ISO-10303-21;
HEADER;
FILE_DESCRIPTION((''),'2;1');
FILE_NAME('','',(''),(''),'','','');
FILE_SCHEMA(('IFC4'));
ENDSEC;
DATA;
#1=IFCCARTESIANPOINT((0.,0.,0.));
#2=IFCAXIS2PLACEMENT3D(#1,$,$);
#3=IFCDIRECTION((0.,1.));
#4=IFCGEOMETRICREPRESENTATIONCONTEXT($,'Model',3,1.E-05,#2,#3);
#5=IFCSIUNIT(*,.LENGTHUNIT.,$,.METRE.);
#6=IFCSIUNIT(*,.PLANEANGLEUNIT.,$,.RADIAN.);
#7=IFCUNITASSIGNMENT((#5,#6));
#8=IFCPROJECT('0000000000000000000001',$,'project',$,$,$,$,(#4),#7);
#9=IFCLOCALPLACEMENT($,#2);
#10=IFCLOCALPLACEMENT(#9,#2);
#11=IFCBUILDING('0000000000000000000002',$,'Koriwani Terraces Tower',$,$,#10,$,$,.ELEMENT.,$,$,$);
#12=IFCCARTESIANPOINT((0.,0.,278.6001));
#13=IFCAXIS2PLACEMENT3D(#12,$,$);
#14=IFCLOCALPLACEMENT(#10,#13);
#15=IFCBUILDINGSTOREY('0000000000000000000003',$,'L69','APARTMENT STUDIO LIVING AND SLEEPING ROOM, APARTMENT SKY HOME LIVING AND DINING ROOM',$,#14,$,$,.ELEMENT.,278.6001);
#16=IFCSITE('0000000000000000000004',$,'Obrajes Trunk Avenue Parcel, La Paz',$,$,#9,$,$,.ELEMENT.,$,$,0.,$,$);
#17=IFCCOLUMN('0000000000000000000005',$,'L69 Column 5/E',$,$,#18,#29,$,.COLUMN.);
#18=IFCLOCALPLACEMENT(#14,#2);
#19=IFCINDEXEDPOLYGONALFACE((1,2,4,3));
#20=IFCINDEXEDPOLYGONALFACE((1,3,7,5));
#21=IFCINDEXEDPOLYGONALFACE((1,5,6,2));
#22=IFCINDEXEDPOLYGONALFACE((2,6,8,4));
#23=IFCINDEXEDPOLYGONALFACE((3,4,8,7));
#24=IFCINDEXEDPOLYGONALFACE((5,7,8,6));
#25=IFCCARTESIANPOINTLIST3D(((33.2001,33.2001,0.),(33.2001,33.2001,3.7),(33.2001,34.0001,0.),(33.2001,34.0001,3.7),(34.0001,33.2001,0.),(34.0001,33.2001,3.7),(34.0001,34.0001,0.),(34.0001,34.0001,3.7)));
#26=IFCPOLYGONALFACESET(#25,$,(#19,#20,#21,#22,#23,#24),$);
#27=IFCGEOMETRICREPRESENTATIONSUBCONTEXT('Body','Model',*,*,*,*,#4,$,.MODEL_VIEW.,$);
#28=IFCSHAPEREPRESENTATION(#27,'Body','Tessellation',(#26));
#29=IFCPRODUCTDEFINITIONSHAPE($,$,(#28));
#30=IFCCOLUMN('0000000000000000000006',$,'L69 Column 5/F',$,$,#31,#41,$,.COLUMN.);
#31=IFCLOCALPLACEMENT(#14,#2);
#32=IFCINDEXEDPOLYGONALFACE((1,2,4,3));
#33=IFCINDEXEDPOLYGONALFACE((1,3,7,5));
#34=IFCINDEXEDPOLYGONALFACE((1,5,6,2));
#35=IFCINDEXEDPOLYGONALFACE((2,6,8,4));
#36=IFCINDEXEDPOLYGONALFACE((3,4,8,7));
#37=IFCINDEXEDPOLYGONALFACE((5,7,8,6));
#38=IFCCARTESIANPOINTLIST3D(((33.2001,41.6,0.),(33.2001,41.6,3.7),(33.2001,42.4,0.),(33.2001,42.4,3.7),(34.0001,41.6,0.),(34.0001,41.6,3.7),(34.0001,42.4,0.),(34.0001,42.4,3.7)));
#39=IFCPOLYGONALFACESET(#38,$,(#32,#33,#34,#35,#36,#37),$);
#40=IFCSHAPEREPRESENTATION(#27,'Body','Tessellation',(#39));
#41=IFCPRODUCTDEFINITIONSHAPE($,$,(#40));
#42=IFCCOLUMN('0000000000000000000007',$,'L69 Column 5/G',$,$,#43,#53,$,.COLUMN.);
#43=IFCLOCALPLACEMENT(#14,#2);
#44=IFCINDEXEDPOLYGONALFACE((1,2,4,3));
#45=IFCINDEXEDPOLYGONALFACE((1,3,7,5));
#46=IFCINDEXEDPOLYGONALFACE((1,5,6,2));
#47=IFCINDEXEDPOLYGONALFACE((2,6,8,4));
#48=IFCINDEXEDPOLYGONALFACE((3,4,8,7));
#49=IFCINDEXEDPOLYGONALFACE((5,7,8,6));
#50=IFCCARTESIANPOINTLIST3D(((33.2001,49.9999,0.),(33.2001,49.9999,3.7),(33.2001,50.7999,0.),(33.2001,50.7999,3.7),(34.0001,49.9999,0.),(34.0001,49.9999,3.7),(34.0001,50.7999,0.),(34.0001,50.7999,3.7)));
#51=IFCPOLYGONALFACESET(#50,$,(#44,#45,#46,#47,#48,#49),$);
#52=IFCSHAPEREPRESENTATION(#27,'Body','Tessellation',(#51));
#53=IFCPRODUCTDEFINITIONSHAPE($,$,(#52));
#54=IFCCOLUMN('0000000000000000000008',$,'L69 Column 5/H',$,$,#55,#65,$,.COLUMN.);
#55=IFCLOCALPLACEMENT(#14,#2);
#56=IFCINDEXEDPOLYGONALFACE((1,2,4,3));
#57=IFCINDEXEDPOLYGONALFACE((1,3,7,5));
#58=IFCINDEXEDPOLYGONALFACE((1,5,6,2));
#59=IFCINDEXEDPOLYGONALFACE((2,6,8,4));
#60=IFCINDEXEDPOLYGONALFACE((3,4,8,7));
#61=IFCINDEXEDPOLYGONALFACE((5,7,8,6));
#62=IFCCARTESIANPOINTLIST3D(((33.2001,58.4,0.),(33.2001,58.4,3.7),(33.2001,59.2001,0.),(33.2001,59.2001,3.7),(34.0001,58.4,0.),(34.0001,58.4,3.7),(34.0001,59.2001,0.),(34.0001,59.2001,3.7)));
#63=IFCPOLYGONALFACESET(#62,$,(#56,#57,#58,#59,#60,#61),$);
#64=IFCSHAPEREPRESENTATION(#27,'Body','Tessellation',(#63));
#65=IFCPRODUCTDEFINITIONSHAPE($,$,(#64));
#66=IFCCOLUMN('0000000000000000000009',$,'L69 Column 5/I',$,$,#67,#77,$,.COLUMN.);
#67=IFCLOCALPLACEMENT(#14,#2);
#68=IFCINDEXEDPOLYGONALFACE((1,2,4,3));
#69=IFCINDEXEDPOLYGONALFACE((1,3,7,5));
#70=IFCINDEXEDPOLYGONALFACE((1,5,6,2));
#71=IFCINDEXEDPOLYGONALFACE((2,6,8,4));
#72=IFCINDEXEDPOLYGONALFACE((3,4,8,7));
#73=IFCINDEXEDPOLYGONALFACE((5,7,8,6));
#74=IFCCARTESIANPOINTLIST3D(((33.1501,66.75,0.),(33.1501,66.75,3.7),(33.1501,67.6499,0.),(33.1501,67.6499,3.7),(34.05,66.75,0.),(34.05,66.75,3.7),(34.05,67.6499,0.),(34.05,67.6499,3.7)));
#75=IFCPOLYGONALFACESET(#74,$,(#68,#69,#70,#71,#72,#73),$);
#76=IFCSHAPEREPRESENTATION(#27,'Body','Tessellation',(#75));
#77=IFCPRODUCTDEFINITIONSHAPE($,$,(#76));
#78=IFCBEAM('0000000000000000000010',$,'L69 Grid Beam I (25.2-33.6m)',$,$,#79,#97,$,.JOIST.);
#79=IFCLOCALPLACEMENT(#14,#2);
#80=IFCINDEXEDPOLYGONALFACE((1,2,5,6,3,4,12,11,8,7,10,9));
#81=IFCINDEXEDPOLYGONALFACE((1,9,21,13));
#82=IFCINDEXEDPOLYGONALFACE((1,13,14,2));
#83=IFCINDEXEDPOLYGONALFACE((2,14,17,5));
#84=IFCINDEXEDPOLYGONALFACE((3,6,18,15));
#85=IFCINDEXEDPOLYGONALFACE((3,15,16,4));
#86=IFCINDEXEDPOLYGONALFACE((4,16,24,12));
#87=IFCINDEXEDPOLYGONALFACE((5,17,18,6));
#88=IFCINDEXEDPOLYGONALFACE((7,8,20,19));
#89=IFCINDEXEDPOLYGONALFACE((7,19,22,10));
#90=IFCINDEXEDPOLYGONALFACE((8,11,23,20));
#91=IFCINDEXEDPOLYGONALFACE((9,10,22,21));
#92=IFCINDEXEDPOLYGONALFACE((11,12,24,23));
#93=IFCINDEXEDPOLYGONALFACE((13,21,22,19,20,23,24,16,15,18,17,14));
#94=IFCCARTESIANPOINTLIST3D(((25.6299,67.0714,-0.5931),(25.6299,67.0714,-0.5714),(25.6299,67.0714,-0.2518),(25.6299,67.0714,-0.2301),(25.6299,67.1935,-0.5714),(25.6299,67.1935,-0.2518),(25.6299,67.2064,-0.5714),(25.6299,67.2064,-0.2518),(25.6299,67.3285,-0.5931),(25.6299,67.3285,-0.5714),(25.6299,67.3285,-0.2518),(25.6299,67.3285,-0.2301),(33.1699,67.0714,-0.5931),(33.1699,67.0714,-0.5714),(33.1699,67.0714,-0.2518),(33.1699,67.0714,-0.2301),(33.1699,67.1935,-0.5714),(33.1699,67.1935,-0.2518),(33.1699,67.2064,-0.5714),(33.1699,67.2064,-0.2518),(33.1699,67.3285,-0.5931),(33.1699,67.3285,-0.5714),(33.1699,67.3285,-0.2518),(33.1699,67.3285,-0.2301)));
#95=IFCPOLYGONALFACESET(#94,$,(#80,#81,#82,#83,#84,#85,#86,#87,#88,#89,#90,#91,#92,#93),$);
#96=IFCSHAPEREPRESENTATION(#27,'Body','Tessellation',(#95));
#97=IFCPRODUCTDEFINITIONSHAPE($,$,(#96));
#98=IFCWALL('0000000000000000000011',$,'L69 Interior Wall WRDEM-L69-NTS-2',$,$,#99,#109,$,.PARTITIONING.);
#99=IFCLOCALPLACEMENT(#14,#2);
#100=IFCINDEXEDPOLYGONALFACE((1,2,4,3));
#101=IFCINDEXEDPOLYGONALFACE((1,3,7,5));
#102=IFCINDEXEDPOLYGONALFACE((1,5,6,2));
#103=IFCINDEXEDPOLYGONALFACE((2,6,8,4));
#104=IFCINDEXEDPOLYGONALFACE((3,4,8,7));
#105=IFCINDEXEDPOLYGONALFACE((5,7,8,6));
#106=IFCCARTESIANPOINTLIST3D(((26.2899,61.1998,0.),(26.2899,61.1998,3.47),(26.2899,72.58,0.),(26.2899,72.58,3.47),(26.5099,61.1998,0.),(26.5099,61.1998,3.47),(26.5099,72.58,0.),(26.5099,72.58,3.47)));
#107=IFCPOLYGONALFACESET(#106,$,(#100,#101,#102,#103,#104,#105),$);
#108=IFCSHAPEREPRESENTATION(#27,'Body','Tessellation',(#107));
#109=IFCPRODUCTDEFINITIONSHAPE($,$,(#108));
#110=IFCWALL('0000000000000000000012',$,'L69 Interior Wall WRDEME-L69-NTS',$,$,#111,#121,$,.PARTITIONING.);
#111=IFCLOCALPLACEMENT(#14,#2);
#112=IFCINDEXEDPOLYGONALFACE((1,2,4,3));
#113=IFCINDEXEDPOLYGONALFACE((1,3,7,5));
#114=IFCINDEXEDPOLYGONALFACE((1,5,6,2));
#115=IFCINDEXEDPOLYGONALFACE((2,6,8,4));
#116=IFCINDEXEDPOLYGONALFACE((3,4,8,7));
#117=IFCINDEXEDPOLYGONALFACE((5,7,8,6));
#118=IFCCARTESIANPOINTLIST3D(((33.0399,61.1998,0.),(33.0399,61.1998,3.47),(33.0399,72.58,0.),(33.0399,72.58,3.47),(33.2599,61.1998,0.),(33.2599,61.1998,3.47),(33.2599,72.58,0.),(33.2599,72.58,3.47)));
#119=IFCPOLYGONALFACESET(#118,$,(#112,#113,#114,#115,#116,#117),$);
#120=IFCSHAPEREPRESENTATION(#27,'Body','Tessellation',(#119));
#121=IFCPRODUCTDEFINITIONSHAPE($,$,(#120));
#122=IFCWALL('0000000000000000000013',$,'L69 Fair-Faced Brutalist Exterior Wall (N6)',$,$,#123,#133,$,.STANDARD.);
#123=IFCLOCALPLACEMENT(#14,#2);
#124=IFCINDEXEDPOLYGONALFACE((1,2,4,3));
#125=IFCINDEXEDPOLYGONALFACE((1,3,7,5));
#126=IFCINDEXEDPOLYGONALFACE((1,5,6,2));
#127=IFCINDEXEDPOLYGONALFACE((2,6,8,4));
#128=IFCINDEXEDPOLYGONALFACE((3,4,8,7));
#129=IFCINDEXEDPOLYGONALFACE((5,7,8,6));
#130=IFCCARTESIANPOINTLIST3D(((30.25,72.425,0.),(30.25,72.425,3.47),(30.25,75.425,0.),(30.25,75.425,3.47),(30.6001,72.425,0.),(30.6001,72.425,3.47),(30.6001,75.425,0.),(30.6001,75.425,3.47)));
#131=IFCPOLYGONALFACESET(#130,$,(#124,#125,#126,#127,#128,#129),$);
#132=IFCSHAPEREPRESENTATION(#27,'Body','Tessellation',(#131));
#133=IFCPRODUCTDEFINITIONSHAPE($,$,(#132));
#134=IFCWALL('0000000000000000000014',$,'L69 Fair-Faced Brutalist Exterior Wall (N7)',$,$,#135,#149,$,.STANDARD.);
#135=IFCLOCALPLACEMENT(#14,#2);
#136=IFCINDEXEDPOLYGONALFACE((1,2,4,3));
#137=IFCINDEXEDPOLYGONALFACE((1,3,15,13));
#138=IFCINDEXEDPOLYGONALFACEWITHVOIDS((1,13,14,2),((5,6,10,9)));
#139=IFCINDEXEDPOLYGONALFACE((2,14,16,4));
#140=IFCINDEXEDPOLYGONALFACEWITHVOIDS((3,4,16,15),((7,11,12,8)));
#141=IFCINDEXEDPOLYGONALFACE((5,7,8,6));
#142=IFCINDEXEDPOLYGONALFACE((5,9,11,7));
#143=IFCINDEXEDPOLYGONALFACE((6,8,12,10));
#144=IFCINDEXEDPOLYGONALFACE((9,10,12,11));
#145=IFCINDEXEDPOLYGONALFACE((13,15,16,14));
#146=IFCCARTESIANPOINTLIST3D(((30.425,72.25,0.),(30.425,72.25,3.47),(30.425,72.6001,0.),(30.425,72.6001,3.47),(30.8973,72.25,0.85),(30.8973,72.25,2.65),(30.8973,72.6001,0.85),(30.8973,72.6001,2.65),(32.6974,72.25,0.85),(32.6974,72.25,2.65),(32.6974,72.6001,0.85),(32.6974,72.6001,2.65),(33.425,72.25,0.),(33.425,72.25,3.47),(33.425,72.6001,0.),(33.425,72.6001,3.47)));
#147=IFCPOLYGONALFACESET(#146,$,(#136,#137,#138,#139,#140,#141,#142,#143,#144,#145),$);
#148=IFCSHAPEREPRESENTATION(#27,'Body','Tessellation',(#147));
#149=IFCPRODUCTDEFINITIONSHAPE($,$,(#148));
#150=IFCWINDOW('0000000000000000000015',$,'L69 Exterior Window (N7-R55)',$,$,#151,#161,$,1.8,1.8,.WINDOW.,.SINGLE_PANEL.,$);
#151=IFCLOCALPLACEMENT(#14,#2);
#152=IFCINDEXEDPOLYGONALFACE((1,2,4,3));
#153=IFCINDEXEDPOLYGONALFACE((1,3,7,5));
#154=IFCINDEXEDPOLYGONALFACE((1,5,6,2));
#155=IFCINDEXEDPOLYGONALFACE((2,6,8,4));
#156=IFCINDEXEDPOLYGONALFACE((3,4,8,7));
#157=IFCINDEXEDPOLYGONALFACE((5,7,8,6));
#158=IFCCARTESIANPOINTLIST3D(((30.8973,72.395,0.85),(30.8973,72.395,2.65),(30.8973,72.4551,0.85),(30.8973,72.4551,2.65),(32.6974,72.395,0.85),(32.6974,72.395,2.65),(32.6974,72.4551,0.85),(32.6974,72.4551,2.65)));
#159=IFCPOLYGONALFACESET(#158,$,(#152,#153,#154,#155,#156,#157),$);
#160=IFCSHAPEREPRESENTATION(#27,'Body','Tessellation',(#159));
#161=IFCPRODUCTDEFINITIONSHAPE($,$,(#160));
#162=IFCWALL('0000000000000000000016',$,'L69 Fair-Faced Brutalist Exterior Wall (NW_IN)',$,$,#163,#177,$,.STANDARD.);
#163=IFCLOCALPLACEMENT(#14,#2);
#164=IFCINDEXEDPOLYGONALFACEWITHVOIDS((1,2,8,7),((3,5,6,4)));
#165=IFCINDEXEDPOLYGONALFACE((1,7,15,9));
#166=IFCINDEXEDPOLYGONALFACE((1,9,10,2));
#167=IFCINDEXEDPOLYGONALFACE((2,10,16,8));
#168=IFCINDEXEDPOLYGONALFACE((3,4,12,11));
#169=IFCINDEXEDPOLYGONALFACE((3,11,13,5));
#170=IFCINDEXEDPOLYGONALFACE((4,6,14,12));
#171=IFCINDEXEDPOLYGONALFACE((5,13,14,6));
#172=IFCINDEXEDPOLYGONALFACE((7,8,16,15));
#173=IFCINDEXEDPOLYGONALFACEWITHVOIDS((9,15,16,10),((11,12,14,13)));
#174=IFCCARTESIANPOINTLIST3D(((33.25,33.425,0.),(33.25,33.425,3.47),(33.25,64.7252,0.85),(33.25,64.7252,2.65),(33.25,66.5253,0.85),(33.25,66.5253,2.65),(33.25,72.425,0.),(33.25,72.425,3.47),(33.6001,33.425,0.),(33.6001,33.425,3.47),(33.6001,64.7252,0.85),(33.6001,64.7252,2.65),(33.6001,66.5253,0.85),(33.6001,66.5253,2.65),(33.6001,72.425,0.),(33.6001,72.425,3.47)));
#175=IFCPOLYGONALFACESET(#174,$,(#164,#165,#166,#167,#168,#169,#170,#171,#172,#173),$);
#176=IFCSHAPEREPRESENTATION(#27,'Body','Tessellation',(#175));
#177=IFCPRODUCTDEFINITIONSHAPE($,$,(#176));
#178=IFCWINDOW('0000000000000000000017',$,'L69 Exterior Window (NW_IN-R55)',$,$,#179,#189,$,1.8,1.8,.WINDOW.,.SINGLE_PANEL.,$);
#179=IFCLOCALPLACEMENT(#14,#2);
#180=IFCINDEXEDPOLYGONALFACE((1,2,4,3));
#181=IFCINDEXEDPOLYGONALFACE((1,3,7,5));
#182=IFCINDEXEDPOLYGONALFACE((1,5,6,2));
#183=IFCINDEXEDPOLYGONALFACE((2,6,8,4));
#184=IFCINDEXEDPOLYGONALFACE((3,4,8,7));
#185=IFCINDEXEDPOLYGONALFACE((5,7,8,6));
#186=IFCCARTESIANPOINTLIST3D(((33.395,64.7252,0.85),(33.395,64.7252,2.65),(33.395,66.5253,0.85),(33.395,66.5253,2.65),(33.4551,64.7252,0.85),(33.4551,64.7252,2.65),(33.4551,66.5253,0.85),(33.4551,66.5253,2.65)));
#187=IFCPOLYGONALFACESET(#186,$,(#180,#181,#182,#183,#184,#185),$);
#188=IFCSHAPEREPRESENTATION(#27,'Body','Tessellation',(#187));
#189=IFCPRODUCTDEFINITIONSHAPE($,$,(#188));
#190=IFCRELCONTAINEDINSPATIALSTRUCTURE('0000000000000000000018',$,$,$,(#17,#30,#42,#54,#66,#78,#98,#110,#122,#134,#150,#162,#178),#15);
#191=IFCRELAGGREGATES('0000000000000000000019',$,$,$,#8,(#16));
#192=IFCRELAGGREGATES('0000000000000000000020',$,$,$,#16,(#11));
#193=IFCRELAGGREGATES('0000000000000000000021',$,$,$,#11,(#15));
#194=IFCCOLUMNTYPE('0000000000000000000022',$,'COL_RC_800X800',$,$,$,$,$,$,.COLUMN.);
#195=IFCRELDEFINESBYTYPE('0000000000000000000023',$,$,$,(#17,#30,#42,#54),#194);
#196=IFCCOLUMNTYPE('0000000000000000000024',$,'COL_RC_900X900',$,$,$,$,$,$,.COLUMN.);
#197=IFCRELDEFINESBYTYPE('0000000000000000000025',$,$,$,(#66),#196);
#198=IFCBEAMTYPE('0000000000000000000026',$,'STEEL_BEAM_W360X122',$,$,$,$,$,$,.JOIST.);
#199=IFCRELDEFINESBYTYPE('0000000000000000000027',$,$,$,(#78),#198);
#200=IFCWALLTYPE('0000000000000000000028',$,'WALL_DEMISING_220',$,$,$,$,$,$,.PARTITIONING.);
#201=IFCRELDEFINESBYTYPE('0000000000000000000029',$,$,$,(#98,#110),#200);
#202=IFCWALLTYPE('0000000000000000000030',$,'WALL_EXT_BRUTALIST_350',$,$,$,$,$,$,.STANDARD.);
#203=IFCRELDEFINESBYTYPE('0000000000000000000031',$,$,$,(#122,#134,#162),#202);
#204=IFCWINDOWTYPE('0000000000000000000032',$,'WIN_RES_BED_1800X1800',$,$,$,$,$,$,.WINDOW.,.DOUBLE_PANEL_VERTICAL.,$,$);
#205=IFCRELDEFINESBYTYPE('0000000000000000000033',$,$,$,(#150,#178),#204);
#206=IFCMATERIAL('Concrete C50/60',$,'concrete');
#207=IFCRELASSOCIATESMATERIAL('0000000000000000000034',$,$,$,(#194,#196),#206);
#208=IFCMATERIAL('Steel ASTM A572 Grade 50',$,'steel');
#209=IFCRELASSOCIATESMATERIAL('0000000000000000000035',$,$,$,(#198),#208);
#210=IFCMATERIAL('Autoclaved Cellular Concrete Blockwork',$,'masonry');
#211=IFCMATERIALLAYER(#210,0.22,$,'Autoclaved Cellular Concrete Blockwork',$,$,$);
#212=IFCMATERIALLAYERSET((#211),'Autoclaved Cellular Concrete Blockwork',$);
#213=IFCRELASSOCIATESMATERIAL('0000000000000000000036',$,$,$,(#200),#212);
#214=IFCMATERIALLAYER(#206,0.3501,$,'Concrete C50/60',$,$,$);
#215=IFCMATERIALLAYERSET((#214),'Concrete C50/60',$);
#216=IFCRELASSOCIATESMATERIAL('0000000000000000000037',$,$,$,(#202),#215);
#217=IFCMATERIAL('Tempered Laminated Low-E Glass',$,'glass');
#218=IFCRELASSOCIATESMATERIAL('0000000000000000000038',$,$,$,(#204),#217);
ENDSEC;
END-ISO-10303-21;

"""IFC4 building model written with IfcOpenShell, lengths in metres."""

from ifc_helpers import new_model, si_unit, direction, frame, frame_2d, origin, origin_2d, place, context, subcontext, project, spatial, rectangle, i_section, extrude, material, layer, layer_set, material_profile, profile_set, type_object, element, fill, save


model = new_model("IFC4")

# Units and contexts
model_context = context("Model", 3, precision=1e-05, world=origin(), true_north=direction((0.0, 1.0)))
body_context = subcontext(model_context, "Body", "Model", "MODEL_VIEW")
ifc_project = project(units=[si_unit("LENGTHUNIT", "METRE"), si_unit("PLANEANGLEUNIT", "RADIAN")], contexts=[model_context])

# Site, building, storey
site_placement = place(None, origin())
site = spatial("IfcSite", under=ifc_project, at=site_placement, Name="Obrajes Trunk Avenue Parcel, La Paz", CompositionType="ELEMENT", RefElevation=0.0)
building_placement = place(site_placement, origin())
building = spatial("IfcBuilding", under=site, at=building_placement, Name="Koriwani Terraces Tower", CompositionType="ELEMENT")
storey_placement = place(building_placement, frame((0.0, 0.0, 278.6001)))
storey = spatial("IfcBuildingStorey", under=building, at=storey_placement, Name="L69", Description="APARTMENT STUDIO LIVING AND SLEEPING ROOM, APARTMENT SKY HOME LIVING AND DINING ROOM", CompositionType="ELEMENT", Elevation=278.6001)

# Columns
ifc_material_1 = material(Name="Concrete C50/60", Category="concrete")
ifc_material_profile_1 = material_profile(ifc_material_1, rectangle(XDim=0.8, YDim=0.8, at=origin_2d()), Name="Concrete C50/60", Category="LoadBearing")
ifc_profile_set_1 = profile_set([ifc_material_profile_1], Name="Concrete C50/60")
column_type_1 = type_object("IfcColumnType", Name="COL_RC_800X800", PredefinedType="COLUMN", material=ifc_profile_set_1)
for number, where, z_axis, x_axis, name in (
    (1, (33.6001, 33.6001, 0.0), (0.0, 0.0, 1.0), (1.0, 0.0, 0.0), "L69 Column 5/E"),
    (2, (33.6001, 42.0, 0.0), (0.0, 0.0, 1.0), (1.0, 0.0, 0.0), "L69 Column 5/F"),
    (3, (33.6001, 50.3999, 0.0), (0.0, 0.0, 1.0), (1.0, 0.0, 0.0), "L69 Column 5/G"),
    (4, (33.6001, 58.8, 0.0), (0.0, 0.0, 1.0), (1.0, 0.0, 0.0), "L69 Column 5/H"),
):
    element("IfcColumn", number, at=place(storey_placement, frame(where, z_axis=z_axis, x_axis=x_axis)), inside=storey, type_object=column_type_1, Name=name, PredefinedType="COLUMN", context=body_context, shape_type="SweptSolid", body=[
        extrude(rectangle(XDim=0.8, YDim=0.8, at=origin_2d()), origin(), (0.0, 0.0, 1.0), 3.7),
    ])
ifc_material_profile_2 = material_profile(ifc_material_1, rectangle(XDim=0.8999, YDim=0.8999, at=origin_2d()), Name="Concrete C50/60", Category="LoadBearing")
ifc_profile_set_2 = profile_set([ifc_material_profile_2], Name="Concrete C50/60")
column_type_2 = type_object("IfcColumnType", Name="COL_RC_900X900", PredefinedType="COLUMN", material=ifc_profile_set_2)
column_placement = place(storey_placement, frame((33.6001, 67.2, 0.0), z_axis=(0.0, 0.0, 1.0), x_axis=(1.0, 0.0, 0.0)))
element("IfcColumn", 5, at=column_placement, inside=storey, type_object=column_type_2, Name="L69 Column 5/I", PredefinedType="COLUMN", context=body_context, shape_type="SweptSolid", body=[
    extrude(rectangle(XDim=0.8999, YDim=0.8999, at=origin_2d()), origin(), (0.0, 0.0, 1.0), 3.7),
])

# Beam
ifc_material_2 = material(Name="Steel ASTM A572 Grade 50", Category="steel")
ifc_material_profile_3 = material_profile(ifc_material_2, i_section(OverallWidth=0.2571, OverallDepth=0.363, WebThickness=0.0129, FlangeThickness=0.0217, at=origin_2d()), Name="Steel ASTM A572 Grade 50", Category="LoadBearing")
ifc_profile_set_3 = profile_set([ifc_material_profile_3], Name="Steel ASTM A572 Grade 50")
beam_type = type_object("IfcBeamType", Name="STEEL_BEAM_W360X122", PredefinedType="JOIST", material=ifc_profile_set_3)
beam_placement = place(storey_placement, frame((25.6299, 67.2, -0.4116), z_axis=(1.0, 0.0, 0.0), x_axis=(0.0, 1.0, 0.0)))
element("IfcBeam", 6, at=beam_placement, inside=storey, type_object=beam_type, Name="L69 Grid Beam I (25.2-33.6m)", PredefinedType="JOIST", context=body_context, shape_type="SweptSolid", body=[
    extrude(i_section(OverallWidth=0.2571, OverallDepth=0.363, WebThickness=0.0129, FlangeThickness=0.0217, at=origin_2d()), origin(), (0.0, 0.0, 1.0), 7.54),
])

# Walls
ifc_material_3 = material(Name="Autoclaved Cellular Concrete Blockwork", Category="masonry")
ifc_layer_1 = layer(ifc_material_3, 0.22, Name="Autoclaved Cellular Concrete Blockwork")
ifc_layer_set_1 = layer_set([ifc_layer_1], Name="Autoclaved Cellular Concrete Blockwork")
wall_type_1 = type_object("IfcWallType", Name="WALL_DEMISING_220", PredefinedType="PARTITIONING", material=ifc_layer_set_1)
for number, where, z_axis, x_axis, name in (
    (7, (26.3999, 61.2, 0.0), (0.0, 0.0, 1.0), (0.0, 1.0, 0.0), "L69 Interior Wall WRDEM-L69-NTS-2"),
    (8, (33.1499, 61.2, 0.0), (0.0, 0.0, 1.0), (0.0, 1.0, 0.0), "L69 Interior Wall WRDEME-L69-NTS"),
):
    element("IfcWall", number, at=place(storey_placement, frame(where, z_axis=z_axis, x_axis=x_axis)), inside=storey, type_object=wall_type_1, Name=name, PredefinedType="PARTITIONING", context=body_context, shape_type="SweptSolid", body=[
        extrude(rectangle(XDim=11.3801, YDim=0.22, at=frame_2d((5.6899, 0.0))), origin(), (0.0, 0.0, 1.0), 3.47),
    ])
ifc_layer_2 = layer(ifc_material_1, 0.3501, Name="Concrete C50/60")
ifc_layer_set_2 = layer_set([ifc_layer_2], Name="Concrete C50/60")
wall_type_2 = type_object("IfcWallType", Name="WALL_EXT_BRUTALIST_350", PredefinedType="STANDARD", material=ifc_layer_set_2)
wall_1_placement = place(storey_placement, frame((30.425, 75.425, 0.0), z_axis=(0.0, 0.0, 1.0), x_axis=(0.0, -1.0, 0.0)))
element("IfcWall", 9, at=wall_1_placement, inside=storey, type_object=wall_type_2, Name="L69 Fair-Faced Brutalist Exterior Wall (N6)", PredefinedType="STANDARD", context=body_context, shape_type="SweptSolid", body=[
    extrude(rectangle(XDim=3.0, YDim=0.3501, at=frame_2d((1.5, 0.0))), origin(), (0.0, 0.0, 1.0), 3.47),
])

# Walls, openings, windows
wall_2_placement = place(storey_placement, frame((30.425, 72.425, 0.0), z_axis=(0.0, 0.0, 1.0), x_axis=(1.0, 0.0, 0.0)))
wall_2 = element("IfcWall", 10, at=wall_2_placement, inside=storey, type_object=wall_type_2, Name="L69 Fair-Faced Brutalist Exterior Wall (N7)", PredefinedType="STANDARD", context=body_context, shape_type="SweptSolid", body=[
    extrude(rectangle(XDim=3.0, YDim=0.3501, at=frame_2d((1.5, 0.0))), origin(), (0.0, 0.0, 1.0), 3.47),
])
opening_1_placement = place(wall_2_placement, frame((0.4724, 0.0, 0.8501)))
opening_1 = element("IfcOpeningElement", 11, at=opening_1_placement, cuts=wall_2, PredefinedType="OPENING", context=body_context, shape_type="SweptSolid", body=[
    extrude(rectangle(XDim=1.8, YDim=1.8, at=frame_2d((0.8999, 0.8999))), frame((0.0, 0.1851, 0.0), z_axis=(0.0, -1.0, 0.0), x_axis=(1.0, 0.0, 0.0)), (0.0, 0.0, 1.0), 0.3701),
])
ifc_material_4 = material(Name="Tempered Laminated Low-E Glass", Category="glass")
window_type = type_object("IfcWindowType", Name="WIN_RES_BED_1800X1800", PartitioningType="DOUBLE_PANEL_VERTICAL", PredefinedType="WINDOW", material=ifc_material_4)
window_1_placement = place(opening_1_placement, origin())
window_1 = element("IfcWindow", 12, at=window_1_placement, inside=storey, type_object=window_type, Name="L69 Exterior Window (N7-R55)", OverallHeight=1.8, OverallWidth=1.8, PartitioningType="SINGLE_PANEL", PredefinedType="WINDOW", context=body_context, shape_type="SweptSolid", body=[
    extrude(rectangle(XDim=1.8, YDim=1.8, at=frame_2d((0.8999, 0.8999))), frame((0.0, 0.03, 0.0), z_axis=(0.0, -1.0, 0.0), x_axis=(1.0, 0.0, 0.0)), (0.0, 0.0, 1.0), 0.0601),
])
fill(opening_1, window_1)
wall_3_placement = place(storey_placement, frame((33.425, 72.425, 0.0), z_axis=(0.0, 0.0, 1.0), x_axis=(0.0, -1.0, 0.0)))
wall_3 = element("IfcWall", 13, at=wall_3_placement, inside=storey, type_object=wall_type_2, Name="L69 Fair-Faced Brutalist Exterior Wall (NW_IN)", PredefinedType="STANDARD", context=body_context, shape_type="SweptSolid", body=[
    extrude(rectangle(XDim=39.0, YDim=0.3501, at=frame_2d((19.5, 0.0))), origin(), (0.0, 0.0, 1.0), 3.47),
])
opening_2_placement = place(wall_3_placement, frame((5.8999, 0.0, 0.8501)))
opening_2 = element("IfcOpeningElement", 14, at=opening_2_placement, cuts=wall_3, PredefinedType="OPENING", context=body_context, shape_type="SweptSolid", body=[
    extrude(rectangle(XDim=1.8, YDim=1.8, at=frame_2d((0.8999, 0.8999))), frame((0.0, 0.1851, 0.0), z_axis=(0.0, -1.0, 0.0), x_axis=(1.0, 0.0, 0.0)), (0.0, 0.0, 1.0), 0.3701),
])
window_2_placement = place(opening_2_placement, origin())
window_2 = element("IfcWindow", 15, at=window_2_placement, inside=storey, type_object=window_type, Name="L69 Exterior Window (NW_IN-R55)", OverallHeight=1.8, OverallWidth=1.8, PartitioningType="SINGLE_PANEL", PredefinedType="WINDOW", context=body_context, shape_type="SweptSolid", body=[
    extrude(rectangle(XDim=1.8, YDim=1.8, at=frame_2d((0.8999, 0.8999))), frame((0.0, 0.03, 0.0), z_axis=(0.0, -1.0, 0.0), x_axis=(1.0, 0.0, 0.0)), (0.0, 0.0, 1.0), 0.0601),
])
fill(opening_2, window_2)

save(model, "model.ifc")
